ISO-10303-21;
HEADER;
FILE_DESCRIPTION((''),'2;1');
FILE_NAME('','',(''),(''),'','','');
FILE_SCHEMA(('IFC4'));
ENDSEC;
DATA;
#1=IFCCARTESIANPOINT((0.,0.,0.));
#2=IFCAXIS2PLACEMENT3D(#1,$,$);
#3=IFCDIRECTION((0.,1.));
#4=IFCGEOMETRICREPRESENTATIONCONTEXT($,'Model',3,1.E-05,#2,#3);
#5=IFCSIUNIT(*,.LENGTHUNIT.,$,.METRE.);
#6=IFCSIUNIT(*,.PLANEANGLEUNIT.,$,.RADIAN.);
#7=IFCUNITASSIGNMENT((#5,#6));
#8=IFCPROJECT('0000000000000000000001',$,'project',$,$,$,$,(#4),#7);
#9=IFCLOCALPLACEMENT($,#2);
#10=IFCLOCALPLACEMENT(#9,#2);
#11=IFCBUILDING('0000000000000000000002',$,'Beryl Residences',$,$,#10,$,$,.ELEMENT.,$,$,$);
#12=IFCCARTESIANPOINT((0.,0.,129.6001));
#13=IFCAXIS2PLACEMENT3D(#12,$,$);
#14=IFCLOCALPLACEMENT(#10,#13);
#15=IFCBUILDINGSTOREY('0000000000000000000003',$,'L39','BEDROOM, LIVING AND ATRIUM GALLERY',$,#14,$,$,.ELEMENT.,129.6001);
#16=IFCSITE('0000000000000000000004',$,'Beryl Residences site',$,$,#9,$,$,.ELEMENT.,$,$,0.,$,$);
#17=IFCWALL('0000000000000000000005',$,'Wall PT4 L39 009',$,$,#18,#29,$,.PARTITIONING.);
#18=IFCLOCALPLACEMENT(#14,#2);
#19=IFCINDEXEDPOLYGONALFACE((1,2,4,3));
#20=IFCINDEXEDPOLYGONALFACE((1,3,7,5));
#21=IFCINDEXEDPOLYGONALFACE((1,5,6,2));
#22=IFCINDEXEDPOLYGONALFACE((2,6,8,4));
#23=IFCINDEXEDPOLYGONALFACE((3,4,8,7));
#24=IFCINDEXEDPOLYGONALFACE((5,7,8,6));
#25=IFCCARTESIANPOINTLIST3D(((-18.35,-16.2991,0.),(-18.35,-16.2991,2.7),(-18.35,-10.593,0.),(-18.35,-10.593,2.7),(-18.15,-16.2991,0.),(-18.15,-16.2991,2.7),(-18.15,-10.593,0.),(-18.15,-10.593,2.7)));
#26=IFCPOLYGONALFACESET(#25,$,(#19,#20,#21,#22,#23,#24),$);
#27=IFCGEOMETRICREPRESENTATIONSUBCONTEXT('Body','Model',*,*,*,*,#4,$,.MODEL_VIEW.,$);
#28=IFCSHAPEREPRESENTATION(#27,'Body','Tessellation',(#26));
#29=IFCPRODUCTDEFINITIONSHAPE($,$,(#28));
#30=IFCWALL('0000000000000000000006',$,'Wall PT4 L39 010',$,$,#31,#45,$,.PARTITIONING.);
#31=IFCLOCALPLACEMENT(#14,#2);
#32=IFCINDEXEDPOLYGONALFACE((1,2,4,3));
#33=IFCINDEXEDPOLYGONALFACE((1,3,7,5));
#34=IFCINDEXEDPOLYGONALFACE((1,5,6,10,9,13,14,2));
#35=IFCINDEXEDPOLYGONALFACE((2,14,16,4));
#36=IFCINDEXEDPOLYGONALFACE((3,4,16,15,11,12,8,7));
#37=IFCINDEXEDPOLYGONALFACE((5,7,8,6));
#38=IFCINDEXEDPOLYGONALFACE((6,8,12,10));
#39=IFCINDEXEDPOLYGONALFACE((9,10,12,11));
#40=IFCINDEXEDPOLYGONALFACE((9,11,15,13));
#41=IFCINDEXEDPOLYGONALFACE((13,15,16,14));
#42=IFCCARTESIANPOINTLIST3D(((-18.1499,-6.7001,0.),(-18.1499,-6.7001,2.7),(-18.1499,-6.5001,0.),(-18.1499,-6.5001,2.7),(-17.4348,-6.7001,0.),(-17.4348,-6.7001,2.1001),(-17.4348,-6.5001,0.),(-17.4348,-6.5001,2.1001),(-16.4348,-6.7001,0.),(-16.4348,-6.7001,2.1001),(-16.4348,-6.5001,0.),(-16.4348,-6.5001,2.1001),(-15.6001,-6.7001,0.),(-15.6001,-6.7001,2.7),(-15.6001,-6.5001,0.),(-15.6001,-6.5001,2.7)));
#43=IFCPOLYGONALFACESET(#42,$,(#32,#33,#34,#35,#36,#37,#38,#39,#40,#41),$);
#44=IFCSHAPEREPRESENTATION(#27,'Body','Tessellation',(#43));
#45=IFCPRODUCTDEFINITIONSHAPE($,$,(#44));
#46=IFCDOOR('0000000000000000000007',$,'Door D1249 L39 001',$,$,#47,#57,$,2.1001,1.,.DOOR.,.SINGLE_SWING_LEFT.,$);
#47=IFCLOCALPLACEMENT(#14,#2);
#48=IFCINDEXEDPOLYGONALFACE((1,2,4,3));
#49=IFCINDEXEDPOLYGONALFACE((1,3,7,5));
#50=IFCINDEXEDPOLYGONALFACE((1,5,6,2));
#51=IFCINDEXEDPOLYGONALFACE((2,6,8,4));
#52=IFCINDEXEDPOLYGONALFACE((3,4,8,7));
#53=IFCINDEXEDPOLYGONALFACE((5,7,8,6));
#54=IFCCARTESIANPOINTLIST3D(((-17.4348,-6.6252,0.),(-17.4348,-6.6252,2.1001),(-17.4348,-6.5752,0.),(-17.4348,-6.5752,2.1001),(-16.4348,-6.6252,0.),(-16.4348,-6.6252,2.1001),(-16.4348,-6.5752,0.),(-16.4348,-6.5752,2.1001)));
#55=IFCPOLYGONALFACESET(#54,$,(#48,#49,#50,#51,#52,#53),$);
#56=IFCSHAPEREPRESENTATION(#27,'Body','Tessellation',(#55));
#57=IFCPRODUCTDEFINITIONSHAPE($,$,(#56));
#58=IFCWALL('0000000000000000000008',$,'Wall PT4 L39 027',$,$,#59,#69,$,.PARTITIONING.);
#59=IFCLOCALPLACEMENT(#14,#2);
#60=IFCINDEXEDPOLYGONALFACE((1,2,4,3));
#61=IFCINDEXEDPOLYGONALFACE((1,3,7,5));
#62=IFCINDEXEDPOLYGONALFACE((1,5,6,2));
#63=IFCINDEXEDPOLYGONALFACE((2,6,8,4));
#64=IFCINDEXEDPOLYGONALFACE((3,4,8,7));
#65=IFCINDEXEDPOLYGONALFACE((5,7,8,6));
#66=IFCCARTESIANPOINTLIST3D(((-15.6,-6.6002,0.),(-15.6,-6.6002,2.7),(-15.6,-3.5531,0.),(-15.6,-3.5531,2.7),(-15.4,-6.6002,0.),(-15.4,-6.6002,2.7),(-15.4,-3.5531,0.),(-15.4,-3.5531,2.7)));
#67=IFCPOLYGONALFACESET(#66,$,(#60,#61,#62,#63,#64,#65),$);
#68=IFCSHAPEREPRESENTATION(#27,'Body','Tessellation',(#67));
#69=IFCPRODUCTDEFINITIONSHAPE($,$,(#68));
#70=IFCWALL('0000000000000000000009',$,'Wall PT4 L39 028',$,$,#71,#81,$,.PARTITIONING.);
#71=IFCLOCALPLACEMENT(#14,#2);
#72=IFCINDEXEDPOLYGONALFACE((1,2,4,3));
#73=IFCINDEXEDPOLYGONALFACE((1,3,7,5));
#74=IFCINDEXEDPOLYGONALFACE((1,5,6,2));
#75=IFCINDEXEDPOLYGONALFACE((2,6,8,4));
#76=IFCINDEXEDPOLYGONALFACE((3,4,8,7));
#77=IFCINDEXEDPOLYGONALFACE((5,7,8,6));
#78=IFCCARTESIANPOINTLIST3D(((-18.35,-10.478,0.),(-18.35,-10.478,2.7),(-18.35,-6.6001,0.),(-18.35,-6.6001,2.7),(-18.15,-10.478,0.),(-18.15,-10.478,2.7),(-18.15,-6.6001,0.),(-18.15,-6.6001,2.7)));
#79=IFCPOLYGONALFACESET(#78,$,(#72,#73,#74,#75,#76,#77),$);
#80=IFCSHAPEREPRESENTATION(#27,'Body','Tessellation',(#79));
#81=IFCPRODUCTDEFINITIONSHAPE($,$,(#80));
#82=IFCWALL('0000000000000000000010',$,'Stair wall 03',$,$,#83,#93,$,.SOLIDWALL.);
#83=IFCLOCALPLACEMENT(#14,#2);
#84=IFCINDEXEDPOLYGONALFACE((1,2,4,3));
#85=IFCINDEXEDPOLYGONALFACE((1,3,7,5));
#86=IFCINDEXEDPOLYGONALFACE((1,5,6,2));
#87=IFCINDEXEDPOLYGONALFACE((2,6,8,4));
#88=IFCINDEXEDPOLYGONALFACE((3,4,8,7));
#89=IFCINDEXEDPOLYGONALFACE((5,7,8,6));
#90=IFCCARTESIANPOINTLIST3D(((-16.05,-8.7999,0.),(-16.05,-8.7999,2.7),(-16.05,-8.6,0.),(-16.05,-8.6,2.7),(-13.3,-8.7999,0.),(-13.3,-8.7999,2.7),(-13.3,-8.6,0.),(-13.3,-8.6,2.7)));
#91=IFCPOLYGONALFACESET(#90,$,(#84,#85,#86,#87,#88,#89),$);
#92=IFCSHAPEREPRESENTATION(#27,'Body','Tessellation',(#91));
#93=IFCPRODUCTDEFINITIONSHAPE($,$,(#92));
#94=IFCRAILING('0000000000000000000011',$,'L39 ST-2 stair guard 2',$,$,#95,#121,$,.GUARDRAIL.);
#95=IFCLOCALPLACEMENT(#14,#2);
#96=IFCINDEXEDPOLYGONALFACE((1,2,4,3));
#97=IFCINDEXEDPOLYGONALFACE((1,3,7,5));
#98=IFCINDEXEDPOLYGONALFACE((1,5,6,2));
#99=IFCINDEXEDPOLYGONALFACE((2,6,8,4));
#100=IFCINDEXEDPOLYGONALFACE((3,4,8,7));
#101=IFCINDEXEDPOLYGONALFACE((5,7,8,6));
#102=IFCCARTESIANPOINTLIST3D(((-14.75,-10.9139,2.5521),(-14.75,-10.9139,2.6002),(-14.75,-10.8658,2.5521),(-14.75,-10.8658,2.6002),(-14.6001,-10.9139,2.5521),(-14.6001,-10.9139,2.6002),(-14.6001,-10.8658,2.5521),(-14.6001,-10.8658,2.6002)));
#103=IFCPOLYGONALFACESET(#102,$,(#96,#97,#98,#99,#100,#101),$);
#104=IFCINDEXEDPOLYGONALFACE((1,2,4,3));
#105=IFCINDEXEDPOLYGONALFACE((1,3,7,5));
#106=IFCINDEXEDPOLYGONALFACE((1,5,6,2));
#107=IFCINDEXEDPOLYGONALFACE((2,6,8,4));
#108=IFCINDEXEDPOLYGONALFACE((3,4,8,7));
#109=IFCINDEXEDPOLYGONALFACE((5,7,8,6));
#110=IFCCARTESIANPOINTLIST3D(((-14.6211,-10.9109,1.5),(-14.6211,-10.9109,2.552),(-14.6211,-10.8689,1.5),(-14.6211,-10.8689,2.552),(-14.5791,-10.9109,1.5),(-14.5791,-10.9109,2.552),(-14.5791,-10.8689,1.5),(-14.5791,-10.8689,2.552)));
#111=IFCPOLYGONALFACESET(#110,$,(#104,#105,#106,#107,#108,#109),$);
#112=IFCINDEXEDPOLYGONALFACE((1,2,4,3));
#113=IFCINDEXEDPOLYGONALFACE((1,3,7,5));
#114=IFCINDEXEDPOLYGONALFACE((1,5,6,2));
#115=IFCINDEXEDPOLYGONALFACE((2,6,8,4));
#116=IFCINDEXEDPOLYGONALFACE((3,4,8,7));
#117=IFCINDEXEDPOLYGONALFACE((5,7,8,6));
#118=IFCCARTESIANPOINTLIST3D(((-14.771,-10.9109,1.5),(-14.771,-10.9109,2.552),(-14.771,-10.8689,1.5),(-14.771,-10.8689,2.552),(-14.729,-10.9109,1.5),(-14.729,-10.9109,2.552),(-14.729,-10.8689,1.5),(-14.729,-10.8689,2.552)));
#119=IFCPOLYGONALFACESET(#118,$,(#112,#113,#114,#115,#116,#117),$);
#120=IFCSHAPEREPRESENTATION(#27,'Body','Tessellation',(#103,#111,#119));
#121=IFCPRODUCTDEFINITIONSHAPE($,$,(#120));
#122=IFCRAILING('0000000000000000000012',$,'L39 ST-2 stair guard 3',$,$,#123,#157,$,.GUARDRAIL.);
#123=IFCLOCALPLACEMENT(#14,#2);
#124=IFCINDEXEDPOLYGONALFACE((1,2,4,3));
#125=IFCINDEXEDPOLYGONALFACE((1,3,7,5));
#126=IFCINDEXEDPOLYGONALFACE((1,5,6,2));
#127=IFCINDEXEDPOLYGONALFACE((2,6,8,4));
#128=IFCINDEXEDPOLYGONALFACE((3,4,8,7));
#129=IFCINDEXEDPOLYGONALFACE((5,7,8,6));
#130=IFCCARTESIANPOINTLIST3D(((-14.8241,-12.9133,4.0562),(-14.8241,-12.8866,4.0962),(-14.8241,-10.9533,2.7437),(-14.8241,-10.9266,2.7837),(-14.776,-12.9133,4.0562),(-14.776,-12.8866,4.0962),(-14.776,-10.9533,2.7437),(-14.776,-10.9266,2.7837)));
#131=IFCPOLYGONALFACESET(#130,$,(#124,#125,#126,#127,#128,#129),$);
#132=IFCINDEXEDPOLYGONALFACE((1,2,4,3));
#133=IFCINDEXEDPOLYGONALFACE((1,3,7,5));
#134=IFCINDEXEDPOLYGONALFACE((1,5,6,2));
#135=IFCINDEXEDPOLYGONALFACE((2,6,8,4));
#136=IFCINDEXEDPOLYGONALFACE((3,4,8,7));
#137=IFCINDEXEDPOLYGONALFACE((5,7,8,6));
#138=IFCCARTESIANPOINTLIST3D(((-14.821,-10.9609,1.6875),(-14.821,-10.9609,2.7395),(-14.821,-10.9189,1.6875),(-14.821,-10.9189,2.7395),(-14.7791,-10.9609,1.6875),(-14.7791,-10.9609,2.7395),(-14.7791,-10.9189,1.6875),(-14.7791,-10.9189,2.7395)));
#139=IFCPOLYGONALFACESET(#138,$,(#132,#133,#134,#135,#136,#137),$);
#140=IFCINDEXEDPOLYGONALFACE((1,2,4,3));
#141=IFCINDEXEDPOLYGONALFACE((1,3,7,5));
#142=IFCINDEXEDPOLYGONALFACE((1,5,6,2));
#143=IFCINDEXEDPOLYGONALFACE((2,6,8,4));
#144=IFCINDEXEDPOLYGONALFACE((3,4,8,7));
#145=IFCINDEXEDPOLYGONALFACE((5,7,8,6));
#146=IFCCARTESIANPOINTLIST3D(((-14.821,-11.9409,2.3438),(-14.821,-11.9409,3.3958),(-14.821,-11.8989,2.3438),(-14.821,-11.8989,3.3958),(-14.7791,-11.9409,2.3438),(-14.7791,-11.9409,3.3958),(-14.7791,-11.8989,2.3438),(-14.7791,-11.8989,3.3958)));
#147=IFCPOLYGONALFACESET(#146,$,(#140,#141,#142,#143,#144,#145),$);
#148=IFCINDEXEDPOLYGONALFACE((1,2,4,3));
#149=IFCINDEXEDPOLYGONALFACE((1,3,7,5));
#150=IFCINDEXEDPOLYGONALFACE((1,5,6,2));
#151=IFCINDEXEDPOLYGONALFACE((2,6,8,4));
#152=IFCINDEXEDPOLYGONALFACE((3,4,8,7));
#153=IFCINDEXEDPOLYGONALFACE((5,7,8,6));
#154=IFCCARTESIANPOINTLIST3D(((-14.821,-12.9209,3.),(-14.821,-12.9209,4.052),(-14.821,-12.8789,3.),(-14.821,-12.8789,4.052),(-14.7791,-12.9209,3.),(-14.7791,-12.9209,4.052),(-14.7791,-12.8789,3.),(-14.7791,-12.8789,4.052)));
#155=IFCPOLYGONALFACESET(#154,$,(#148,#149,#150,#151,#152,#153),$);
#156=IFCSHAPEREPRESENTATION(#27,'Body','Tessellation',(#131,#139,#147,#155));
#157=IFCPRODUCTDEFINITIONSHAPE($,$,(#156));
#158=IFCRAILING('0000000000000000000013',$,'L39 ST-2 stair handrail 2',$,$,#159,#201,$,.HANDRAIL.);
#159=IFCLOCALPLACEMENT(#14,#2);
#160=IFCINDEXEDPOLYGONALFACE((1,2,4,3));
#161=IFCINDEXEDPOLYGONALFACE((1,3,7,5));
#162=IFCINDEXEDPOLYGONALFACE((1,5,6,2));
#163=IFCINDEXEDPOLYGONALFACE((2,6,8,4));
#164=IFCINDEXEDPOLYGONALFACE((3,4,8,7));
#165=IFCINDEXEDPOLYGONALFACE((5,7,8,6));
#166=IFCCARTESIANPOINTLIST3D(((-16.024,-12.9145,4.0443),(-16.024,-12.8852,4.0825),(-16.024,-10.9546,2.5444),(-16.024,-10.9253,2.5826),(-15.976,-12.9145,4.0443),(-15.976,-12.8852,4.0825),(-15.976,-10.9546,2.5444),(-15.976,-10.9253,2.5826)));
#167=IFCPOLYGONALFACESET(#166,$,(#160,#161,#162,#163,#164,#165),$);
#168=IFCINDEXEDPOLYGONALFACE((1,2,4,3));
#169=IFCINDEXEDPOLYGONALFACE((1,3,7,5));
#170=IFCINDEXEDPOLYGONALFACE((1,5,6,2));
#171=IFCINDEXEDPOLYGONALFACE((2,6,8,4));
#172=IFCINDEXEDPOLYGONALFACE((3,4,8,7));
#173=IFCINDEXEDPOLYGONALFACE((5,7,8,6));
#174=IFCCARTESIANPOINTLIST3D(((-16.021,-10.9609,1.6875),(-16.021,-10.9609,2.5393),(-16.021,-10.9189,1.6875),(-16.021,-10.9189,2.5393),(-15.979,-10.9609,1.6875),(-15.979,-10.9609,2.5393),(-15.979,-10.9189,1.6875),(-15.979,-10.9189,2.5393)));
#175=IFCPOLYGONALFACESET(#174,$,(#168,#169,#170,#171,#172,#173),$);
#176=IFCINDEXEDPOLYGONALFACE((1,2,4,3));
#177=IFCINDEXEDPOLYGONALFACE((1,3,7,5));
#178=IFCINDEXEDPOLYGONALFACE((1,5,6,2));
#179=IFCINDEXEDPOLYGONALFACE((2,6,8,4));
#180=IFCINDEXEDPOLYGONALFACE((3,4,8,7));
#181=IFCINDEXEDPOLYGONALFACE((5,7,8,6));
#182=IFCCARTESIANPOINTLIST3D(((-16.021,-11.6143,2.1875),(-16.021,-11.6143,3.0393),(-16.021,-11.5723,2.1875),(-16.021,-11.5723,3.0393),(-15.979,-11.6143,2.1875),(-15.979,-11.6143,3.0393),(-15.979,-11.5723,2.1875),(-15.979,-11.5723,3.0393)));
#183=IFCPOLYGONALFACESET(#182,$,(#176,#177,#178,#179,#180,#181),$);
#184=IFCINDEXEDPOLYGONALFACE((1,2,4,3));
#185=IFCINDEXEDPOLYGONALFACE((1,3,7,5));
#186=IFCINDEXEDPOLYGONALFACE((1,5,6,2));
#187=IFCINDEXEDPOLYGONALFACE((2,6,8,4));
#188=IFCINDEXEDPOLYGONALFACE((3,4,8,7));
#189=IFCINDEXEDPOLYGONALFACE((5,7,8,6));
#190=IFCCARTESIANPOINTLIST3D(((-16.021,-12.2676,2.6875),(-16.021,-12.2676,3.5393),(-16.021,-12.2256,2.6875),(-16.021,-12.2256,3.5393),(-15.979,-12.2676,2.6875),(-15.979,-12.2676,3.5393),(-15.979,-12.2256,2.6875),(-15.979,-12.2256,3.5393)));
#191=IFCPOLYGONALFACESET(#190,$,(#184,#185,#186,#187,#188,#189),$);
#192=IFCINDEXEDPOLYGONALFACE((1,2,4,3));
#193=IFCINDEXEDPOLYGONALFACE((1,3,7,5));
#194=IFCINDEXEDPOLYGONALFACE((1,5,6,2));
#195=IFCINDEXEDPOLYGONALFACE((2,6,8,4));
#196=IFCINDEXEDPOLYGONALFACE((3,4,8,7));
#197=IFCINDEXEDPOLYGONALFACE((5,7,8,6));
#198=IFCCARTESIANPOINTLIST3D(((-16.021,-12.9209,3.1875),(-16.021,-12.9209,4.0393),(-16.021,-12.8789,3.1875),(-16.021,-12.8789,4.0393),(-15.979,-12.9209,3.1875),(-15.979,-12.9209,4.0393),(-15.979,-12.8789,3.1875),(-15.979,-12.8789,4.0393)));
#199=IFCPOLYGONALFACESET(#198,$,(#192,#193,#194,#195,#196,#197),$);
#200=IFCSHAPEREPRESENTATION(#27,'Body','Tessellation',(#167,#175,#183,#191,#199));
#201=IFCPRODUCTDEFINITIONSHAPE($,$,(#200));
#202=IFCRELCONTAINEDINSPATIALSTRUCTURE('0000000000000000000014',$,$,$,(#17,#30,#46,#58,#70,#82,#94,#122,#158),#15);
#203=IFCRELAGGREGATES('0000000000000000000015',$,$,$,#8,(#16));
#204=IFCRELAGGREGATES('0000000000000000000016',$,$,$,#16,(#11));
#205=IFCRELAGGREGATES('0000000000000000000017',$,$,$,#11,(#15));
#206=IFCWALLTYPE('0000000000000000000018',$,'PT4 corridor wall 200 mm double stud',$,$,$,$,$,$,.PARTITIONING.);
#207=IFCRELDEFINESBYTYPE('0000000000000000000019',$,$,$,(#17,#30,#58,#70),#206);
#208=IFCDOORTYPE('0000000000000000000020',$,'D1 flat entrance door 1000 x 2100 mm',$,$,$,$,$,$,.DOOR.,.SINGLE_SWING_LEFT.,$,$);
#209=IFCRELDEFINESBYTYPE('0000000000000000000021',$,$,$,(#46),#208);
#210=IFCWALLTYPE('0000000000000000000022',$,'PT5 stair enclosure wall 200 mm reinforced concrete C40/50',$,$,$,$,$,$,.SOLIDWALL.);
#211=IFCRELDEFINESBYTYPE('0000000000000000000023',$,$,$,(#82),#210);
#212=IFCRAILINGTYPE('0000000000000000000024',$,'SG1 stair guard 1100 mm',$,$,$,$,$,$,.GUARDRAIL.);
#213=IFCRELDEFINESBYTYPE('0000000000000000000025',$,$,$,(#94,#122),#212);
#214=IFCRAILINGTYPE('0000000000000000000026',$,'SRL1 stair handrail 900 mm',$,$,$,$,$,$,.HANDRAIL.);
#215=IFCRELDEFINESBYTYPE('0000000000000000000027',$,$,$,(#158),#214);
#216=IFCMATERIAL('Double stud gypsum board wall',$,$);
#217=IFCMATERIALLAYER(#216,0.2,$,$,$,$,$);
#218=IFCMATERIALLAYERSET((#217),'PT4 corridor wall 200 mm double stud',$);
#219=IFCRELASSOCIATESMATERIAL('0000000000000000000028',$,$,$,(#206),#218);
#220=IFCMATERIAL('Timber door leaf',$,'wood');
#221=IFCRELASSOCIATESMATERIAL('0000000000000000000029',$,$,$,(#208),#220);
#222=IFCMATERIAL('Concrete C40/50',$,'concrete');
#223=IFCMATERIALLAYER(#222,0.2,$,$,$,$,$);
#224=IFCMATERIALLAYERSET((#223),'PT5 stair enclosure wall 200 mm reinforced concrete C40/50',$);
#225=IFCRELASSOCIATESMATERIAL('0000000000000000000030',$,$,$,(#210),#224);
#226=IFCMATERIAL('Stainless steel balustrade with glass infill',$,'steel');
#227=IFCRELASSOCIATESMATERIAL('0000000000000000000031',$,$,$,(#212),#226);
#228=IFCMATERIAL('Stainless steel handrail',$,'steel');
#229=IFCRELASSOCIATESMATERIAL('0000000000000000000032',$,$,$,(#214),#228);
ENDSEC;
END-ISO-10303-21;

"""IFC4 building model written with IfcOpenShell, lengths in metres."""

from ifc_helpers import new_model, si_unit, direction, frame, frame_2d, origin, origin_2d, place, context, subcontext, project, spatial, rectangle, extrude, material, layer, layer_set, type_object, element, fill, save


model = new_model("IFC4")

# Units and contexts
model_context = context("Model", 3, precision=1e-05, world=origin(), true_north=direction((0.0, 1.0)))
body_context = subcontext(model_context, "Body", "Model", "MODEL_VIEW")
ifc_project = project(units=[si_unit("LENGTHUNIT", "METRE"), si_unit("PLANEANGLEUNIT", "RADIAN")], contexts=[model_context])

# Site, building, storey
site_placement = place(None, origin())
site = spatial("IfcSite", under=ifc_project, at=site_placement, Name="Beryl Residences site", CompositionType="ELEMENT", RefElevation=0.0)
building_placement = place(site_placement, origin())
building = spatial("IfcBuilding", under=site, at=building_placement, Name="Beryl Residences", CompositionType="ELEMENT")
storey_placement = place(building_placement, frame((0.0, 0.0, 129.6001)))
storey = spatial("IfcBuildingStorey", under=building, at=storey_placement, Name="L39", Description="BEDROOM, LIVING AND ATRIUM GALLERY", CompositionType="ELEMENT", Elevation=129.6001)

# Wall
ifc_material_1 = material(Name="Double stud gypsum board wall")
ifc_layer_1 = layer(ifc_material_1, 0.2)
ifc_layer_set_1 = layer_set([ifc_layer_1], Name="PT4 corridor wall 200 mm double stud")
wall_type_1 = type_object("IfcWallType", Name="PT4 corridor wall 200 mm double stud", PredefinedType="PARTITIONING", material=ifc_layer_set_1)
wall_1_placement = place(storey_placement, frame((-18.25, -10.593, 0.0), z_axis=(0.0, 0.0, 1.0), x_axis=(0.0, -1.0, 0.0)))
element("IfcWall", 1, at=wall_1_placement, inside=storey, type_object=wall_type_1, Name="Wall PT4 L39 009", PredefinedType="PARTITIONING", context=body_context, shape_type="SweptSolid", body=[
    extrude(rectangle(XDim=5.7061, YDim=0.2, at=frame_2d((2.853, 0.0))), origin(), (0.0, 0.0, 1.0), 2.7),
])

# Wall, opening, door
wall_2_placement = place(storey_placement, frame((-18.1499, -6.6001, 0.0), z_axis=(0.0, 0.0, 1.0), x_axis=(1.0, 0.0, 0.0)))
wall_2 = element("IfcWall", 2, at=wall_2_placement, inside=storey, type_object=wall_type_1, Name="Wall PT4 L39 010", PredefinedType="PARTITIONING", context=body_context, shape_type="SweptSolid", body=[
    extrude(rectangle(XDim=2.5498, YDim=0.2, at=frame_2d((1.2749, 0.0))), origin(), (0.0, 0.0, 1.0), 2.7),
])
opening_1_placement = place(wall_2_placement, frame((0.7151, 0.0, 0.0)))
opening_1 = element("IfcOpeningElement", 3, at=opening_1_placement, cuts=wall_2, PredefinedType="OPENING", context=body_context, shape_type="SweptSolid", body=[
    extrude(rectangle(XDim=1.0, YDim=2.1001, at=frame_2d((0.5, 1.05))), frame((0.0, 0.1099, 0.0), z_axis=(0.0, -1.0, 0.0), x_axis=(1.0, 0.0, 0.0)), (0.0, 0.0, 1.0), 0.22),
])
ifc_material_2 = material(Name="Timber door leaf", Category="wood")
door_type_1 = type_object("IfcDoorType", Name="D1 flat entrance door 1000 x 2100 mm", OperationType="SINGLE_SWING_LEFT", PredefinedType="DOOR", material=ifc_material_2)
door_1_placement = place(opening_1_placement, origin())
door_1 = element("IfcDoor", 4, at=door_1_placement, inside=storey, type_object=door_type_1, Name="Door D1249 L39 001", OperationType="SINGLE_SWING_LEFT", OverallHeight=2.1001, OverallWidth=1.0, PredefinedType="DOOR", context=body_context, shape_type="SweptSolid", body=[
    extrude(rectangle(XDim=1.0, YDim=2.1001, at=frame_2d((0.5, 1.05))), frame((0.0, 0.0249, 0.0), z_axis=(0.0, -1.0, 0.0), x_axis=(1.0, 0.0, 0.0)), (0.0, 0.0, 1.0), 0.05),
])
fill(opening_1, door_1)

# Walls
wall_3_placement = place(storey_placement, frame((-15.5, -6.6001, 0.0), z_axis=(0.0, 0.0, 1.0), x_axis=(0.0, 1.0, 0.0)))
element("IfcWall", 5, at=wall_3_placement, inside=storey, type_object=wall_type_1, Name="Wall PT4 L39 027", PredefinedType="PARTITIONING", context=body_context, shape_type="SweptSolid", body=[
    extrude(rectangle(XDim=3.0471, YDim=0.2, at=frame_2d((1.5234, 0.0))), origin(), (0.0, 0.0, 1.0), 2.7),
])
wall_4_placement = place(storey_placement, frame((-18.25, -10.478, 0.0), z_axis=(0.0, 0.0, 1.0), x_axis=(0.0, 1.0, 0.0)))
element("IfcWall", 6, at=wall_4_placement, inside=storey, type_object=wall_type_1, Name="Wall PT4 L39 028", PredefinedType="PARTITIONING", context=body_context, shape_type="SweptSolid", body=[
    extrude(rectangle(XDim=3.8779, YDim=0.2, at=frame_2d((1.939, 0.0))), origin(), (0.0, 0.0, 1.0), 2.7),
])
ifc_material_3 = material(Name="Concrete C40/50", Category="concrete")
ifc_layer_2 = layer(ifc_material_3, 0.2)
ifc_layer_set_2 = layer_set([ifc_layer_2], Name="PT5 stair enclosure wall 200 mm reinforced concrete C40/50")
wall_type_2 = type_object("IfcWallType", Name="PT5 stair enclosure wall 200 mm reinforced concrete C40/50", PredefinedType="SOLIDWALL", material=ifc_layer_set_2)
wall_5_placement = place(storey_placement, frame((-16.05, -8.7, 0.0), z_axis=(0.0, 0.0, 1.0), x_axis=(1.0, 0.0, 0.0)))
element("IfcWall", 7, at=wall_5_placement, inside=storey, type_object=wall_type_2, Name="Stair wall 03", PredefinedType="SOLIDWALL", context=body_context, shape_type="SweptSolid", body=[
    extrude(rectangle(XDim=2.75, YDim=0.2, at=frame_2d((1.375, 0.0))), origin(), (0.0, 0.0, 1.0), 2.7),
])

# Railings
ifc_material_4 = material(Name="Stainless steel balustrade with glass infill", Category="steel")
railing_type_1 = type_object("IfcRailingType", Name="SG1 stair guard 1100 mm", PredefinedType="GUARDRAIL", material=ifc_material_4)
railing_1_placement = place(storey_placement, frame((-14.6001, -10.8899, 1.5)))
element("IfcRailing", 8, at=railing_1_placement, inside=storey, type_object=railing_type_1, Name="L39 ST-2 stair guard 2", PredefinedType="GUARDRAIL", context=body_context, shape_type="SweptSolid", body=[
    extrude(rectangle(XDim=0.0481, YDim=0.0481, at=origin_2d()), frame((0.0, 0.0, 1.0762), z_axis=(-1.0, 0.0, 0.0), x_axis=(0.0, -1.0, 0.0)), (0.0, 0.0, 1.0), 0.1499),
    extrude(rectangle(XDim=0.042, YDim=0.042, at=origin_2d()), origin(), (0.0, 0.0, 1.0), 1.052),
    extrude(rectangle(XDim=0.042, YDim=0.042, at=origin_2d()), frame((-0.1499, 0.0, 0.0)), (0.0, 0.0, 1.0), 1.052),
])
railing_2_placement = place(storey_placement, frame((-14.8, -10.9399, 1.6875)))
element("IfcRailing", 9, at=railing_2_placement, inside=storey, type_object=railing_type_1, Name="L39 ST-2 stair guard 3", PredefinedType="GUARDRAIL", context=body_context, shape_type="SweptSolid", body=[
    extrude(rectangle(XDim=0.0481, YDim=0.0481, at=origin_2d()), frame((0.0, 0.0, 1.0762), z_axis=(0.0, -0.830902, 0.556419), x_axis=(1.0, 0.0, 0.0)), (0.0, 0.0, 1.0), 2.3589),
    extrude(rectangle(XDim=0.042, YDim=0.042, at=origin_2d()), origin(), (0.0, 0.0, 1.0), 1.052),
    extrude(rectangle(XDim=0.042, YDim=0.042, at=origin_2d()), frame((0.0, -0.98, 0.6562)), (0.0, 0.0, 1.0), 1.052),
    extrude(rectangle(XDim=0.042, YDim=0.042, at=origin_2d()), frame((0.0, -1.96, 1.3125)), (0.0, 0.0, 1.0), 1.052),
])
ifc_material_5 = material(Name="Stainless steel handrail", Category="steel")
railing_type_2 = type_object("IfcRailingType", Name="SRL1 stair handrail 900 mm", PredefinedType="HANDRAIL", material=ifc_material_5)
railing_3_placement = place(storey_placement, frame((-16.0, -10.9399, 1.6875)))
element("IfcRailing", 10, at=railing_3_placement, inside=storey, type_object=railing_type_2, Name="L39 ST-2 stair handrail 2", PredefinedType="HANDRAIL", context=body_context, shape_type="SweptSolid", body=[
    extrude(rectangle(XDim=0.0481, YDim=0.0481, at=origin_2d()), frame((0.0, 0.0, 0.876), z_axis=(0.0, -0.794122, 0.607758), x_axis=(1.0, 0.0, 0.0)), (0.0, 0.0, 1.0), 2.468),
    extrude(rectangle(XDim=0.042, YDim=0.042, at=origin_2d()), origin(), (0.0, 0.0, 1.0), 0.8518),
    extrude(rectangle(XDim=0.042, YDim=0.042, at=origin_2d()), frame((0.0, -0.6533, 0.5)), (0.0, 0.0, 1.0), 0.8518),
    extrude(rectangle(XDim=0.042, YDim=0.042, at=origin_2d()), frame((0.0, -1.3066, 1.0)), (0.0, 0.0, 1.0), 0.8518),
    extrude(rectangle(XDim=0.042, YDim=0.042, at=origin_2d()), frame((0.0, -1.96, 1.5)), (0.0, 0.0, 1.0), 0.8518),
])

save(model, "model.ifc")
